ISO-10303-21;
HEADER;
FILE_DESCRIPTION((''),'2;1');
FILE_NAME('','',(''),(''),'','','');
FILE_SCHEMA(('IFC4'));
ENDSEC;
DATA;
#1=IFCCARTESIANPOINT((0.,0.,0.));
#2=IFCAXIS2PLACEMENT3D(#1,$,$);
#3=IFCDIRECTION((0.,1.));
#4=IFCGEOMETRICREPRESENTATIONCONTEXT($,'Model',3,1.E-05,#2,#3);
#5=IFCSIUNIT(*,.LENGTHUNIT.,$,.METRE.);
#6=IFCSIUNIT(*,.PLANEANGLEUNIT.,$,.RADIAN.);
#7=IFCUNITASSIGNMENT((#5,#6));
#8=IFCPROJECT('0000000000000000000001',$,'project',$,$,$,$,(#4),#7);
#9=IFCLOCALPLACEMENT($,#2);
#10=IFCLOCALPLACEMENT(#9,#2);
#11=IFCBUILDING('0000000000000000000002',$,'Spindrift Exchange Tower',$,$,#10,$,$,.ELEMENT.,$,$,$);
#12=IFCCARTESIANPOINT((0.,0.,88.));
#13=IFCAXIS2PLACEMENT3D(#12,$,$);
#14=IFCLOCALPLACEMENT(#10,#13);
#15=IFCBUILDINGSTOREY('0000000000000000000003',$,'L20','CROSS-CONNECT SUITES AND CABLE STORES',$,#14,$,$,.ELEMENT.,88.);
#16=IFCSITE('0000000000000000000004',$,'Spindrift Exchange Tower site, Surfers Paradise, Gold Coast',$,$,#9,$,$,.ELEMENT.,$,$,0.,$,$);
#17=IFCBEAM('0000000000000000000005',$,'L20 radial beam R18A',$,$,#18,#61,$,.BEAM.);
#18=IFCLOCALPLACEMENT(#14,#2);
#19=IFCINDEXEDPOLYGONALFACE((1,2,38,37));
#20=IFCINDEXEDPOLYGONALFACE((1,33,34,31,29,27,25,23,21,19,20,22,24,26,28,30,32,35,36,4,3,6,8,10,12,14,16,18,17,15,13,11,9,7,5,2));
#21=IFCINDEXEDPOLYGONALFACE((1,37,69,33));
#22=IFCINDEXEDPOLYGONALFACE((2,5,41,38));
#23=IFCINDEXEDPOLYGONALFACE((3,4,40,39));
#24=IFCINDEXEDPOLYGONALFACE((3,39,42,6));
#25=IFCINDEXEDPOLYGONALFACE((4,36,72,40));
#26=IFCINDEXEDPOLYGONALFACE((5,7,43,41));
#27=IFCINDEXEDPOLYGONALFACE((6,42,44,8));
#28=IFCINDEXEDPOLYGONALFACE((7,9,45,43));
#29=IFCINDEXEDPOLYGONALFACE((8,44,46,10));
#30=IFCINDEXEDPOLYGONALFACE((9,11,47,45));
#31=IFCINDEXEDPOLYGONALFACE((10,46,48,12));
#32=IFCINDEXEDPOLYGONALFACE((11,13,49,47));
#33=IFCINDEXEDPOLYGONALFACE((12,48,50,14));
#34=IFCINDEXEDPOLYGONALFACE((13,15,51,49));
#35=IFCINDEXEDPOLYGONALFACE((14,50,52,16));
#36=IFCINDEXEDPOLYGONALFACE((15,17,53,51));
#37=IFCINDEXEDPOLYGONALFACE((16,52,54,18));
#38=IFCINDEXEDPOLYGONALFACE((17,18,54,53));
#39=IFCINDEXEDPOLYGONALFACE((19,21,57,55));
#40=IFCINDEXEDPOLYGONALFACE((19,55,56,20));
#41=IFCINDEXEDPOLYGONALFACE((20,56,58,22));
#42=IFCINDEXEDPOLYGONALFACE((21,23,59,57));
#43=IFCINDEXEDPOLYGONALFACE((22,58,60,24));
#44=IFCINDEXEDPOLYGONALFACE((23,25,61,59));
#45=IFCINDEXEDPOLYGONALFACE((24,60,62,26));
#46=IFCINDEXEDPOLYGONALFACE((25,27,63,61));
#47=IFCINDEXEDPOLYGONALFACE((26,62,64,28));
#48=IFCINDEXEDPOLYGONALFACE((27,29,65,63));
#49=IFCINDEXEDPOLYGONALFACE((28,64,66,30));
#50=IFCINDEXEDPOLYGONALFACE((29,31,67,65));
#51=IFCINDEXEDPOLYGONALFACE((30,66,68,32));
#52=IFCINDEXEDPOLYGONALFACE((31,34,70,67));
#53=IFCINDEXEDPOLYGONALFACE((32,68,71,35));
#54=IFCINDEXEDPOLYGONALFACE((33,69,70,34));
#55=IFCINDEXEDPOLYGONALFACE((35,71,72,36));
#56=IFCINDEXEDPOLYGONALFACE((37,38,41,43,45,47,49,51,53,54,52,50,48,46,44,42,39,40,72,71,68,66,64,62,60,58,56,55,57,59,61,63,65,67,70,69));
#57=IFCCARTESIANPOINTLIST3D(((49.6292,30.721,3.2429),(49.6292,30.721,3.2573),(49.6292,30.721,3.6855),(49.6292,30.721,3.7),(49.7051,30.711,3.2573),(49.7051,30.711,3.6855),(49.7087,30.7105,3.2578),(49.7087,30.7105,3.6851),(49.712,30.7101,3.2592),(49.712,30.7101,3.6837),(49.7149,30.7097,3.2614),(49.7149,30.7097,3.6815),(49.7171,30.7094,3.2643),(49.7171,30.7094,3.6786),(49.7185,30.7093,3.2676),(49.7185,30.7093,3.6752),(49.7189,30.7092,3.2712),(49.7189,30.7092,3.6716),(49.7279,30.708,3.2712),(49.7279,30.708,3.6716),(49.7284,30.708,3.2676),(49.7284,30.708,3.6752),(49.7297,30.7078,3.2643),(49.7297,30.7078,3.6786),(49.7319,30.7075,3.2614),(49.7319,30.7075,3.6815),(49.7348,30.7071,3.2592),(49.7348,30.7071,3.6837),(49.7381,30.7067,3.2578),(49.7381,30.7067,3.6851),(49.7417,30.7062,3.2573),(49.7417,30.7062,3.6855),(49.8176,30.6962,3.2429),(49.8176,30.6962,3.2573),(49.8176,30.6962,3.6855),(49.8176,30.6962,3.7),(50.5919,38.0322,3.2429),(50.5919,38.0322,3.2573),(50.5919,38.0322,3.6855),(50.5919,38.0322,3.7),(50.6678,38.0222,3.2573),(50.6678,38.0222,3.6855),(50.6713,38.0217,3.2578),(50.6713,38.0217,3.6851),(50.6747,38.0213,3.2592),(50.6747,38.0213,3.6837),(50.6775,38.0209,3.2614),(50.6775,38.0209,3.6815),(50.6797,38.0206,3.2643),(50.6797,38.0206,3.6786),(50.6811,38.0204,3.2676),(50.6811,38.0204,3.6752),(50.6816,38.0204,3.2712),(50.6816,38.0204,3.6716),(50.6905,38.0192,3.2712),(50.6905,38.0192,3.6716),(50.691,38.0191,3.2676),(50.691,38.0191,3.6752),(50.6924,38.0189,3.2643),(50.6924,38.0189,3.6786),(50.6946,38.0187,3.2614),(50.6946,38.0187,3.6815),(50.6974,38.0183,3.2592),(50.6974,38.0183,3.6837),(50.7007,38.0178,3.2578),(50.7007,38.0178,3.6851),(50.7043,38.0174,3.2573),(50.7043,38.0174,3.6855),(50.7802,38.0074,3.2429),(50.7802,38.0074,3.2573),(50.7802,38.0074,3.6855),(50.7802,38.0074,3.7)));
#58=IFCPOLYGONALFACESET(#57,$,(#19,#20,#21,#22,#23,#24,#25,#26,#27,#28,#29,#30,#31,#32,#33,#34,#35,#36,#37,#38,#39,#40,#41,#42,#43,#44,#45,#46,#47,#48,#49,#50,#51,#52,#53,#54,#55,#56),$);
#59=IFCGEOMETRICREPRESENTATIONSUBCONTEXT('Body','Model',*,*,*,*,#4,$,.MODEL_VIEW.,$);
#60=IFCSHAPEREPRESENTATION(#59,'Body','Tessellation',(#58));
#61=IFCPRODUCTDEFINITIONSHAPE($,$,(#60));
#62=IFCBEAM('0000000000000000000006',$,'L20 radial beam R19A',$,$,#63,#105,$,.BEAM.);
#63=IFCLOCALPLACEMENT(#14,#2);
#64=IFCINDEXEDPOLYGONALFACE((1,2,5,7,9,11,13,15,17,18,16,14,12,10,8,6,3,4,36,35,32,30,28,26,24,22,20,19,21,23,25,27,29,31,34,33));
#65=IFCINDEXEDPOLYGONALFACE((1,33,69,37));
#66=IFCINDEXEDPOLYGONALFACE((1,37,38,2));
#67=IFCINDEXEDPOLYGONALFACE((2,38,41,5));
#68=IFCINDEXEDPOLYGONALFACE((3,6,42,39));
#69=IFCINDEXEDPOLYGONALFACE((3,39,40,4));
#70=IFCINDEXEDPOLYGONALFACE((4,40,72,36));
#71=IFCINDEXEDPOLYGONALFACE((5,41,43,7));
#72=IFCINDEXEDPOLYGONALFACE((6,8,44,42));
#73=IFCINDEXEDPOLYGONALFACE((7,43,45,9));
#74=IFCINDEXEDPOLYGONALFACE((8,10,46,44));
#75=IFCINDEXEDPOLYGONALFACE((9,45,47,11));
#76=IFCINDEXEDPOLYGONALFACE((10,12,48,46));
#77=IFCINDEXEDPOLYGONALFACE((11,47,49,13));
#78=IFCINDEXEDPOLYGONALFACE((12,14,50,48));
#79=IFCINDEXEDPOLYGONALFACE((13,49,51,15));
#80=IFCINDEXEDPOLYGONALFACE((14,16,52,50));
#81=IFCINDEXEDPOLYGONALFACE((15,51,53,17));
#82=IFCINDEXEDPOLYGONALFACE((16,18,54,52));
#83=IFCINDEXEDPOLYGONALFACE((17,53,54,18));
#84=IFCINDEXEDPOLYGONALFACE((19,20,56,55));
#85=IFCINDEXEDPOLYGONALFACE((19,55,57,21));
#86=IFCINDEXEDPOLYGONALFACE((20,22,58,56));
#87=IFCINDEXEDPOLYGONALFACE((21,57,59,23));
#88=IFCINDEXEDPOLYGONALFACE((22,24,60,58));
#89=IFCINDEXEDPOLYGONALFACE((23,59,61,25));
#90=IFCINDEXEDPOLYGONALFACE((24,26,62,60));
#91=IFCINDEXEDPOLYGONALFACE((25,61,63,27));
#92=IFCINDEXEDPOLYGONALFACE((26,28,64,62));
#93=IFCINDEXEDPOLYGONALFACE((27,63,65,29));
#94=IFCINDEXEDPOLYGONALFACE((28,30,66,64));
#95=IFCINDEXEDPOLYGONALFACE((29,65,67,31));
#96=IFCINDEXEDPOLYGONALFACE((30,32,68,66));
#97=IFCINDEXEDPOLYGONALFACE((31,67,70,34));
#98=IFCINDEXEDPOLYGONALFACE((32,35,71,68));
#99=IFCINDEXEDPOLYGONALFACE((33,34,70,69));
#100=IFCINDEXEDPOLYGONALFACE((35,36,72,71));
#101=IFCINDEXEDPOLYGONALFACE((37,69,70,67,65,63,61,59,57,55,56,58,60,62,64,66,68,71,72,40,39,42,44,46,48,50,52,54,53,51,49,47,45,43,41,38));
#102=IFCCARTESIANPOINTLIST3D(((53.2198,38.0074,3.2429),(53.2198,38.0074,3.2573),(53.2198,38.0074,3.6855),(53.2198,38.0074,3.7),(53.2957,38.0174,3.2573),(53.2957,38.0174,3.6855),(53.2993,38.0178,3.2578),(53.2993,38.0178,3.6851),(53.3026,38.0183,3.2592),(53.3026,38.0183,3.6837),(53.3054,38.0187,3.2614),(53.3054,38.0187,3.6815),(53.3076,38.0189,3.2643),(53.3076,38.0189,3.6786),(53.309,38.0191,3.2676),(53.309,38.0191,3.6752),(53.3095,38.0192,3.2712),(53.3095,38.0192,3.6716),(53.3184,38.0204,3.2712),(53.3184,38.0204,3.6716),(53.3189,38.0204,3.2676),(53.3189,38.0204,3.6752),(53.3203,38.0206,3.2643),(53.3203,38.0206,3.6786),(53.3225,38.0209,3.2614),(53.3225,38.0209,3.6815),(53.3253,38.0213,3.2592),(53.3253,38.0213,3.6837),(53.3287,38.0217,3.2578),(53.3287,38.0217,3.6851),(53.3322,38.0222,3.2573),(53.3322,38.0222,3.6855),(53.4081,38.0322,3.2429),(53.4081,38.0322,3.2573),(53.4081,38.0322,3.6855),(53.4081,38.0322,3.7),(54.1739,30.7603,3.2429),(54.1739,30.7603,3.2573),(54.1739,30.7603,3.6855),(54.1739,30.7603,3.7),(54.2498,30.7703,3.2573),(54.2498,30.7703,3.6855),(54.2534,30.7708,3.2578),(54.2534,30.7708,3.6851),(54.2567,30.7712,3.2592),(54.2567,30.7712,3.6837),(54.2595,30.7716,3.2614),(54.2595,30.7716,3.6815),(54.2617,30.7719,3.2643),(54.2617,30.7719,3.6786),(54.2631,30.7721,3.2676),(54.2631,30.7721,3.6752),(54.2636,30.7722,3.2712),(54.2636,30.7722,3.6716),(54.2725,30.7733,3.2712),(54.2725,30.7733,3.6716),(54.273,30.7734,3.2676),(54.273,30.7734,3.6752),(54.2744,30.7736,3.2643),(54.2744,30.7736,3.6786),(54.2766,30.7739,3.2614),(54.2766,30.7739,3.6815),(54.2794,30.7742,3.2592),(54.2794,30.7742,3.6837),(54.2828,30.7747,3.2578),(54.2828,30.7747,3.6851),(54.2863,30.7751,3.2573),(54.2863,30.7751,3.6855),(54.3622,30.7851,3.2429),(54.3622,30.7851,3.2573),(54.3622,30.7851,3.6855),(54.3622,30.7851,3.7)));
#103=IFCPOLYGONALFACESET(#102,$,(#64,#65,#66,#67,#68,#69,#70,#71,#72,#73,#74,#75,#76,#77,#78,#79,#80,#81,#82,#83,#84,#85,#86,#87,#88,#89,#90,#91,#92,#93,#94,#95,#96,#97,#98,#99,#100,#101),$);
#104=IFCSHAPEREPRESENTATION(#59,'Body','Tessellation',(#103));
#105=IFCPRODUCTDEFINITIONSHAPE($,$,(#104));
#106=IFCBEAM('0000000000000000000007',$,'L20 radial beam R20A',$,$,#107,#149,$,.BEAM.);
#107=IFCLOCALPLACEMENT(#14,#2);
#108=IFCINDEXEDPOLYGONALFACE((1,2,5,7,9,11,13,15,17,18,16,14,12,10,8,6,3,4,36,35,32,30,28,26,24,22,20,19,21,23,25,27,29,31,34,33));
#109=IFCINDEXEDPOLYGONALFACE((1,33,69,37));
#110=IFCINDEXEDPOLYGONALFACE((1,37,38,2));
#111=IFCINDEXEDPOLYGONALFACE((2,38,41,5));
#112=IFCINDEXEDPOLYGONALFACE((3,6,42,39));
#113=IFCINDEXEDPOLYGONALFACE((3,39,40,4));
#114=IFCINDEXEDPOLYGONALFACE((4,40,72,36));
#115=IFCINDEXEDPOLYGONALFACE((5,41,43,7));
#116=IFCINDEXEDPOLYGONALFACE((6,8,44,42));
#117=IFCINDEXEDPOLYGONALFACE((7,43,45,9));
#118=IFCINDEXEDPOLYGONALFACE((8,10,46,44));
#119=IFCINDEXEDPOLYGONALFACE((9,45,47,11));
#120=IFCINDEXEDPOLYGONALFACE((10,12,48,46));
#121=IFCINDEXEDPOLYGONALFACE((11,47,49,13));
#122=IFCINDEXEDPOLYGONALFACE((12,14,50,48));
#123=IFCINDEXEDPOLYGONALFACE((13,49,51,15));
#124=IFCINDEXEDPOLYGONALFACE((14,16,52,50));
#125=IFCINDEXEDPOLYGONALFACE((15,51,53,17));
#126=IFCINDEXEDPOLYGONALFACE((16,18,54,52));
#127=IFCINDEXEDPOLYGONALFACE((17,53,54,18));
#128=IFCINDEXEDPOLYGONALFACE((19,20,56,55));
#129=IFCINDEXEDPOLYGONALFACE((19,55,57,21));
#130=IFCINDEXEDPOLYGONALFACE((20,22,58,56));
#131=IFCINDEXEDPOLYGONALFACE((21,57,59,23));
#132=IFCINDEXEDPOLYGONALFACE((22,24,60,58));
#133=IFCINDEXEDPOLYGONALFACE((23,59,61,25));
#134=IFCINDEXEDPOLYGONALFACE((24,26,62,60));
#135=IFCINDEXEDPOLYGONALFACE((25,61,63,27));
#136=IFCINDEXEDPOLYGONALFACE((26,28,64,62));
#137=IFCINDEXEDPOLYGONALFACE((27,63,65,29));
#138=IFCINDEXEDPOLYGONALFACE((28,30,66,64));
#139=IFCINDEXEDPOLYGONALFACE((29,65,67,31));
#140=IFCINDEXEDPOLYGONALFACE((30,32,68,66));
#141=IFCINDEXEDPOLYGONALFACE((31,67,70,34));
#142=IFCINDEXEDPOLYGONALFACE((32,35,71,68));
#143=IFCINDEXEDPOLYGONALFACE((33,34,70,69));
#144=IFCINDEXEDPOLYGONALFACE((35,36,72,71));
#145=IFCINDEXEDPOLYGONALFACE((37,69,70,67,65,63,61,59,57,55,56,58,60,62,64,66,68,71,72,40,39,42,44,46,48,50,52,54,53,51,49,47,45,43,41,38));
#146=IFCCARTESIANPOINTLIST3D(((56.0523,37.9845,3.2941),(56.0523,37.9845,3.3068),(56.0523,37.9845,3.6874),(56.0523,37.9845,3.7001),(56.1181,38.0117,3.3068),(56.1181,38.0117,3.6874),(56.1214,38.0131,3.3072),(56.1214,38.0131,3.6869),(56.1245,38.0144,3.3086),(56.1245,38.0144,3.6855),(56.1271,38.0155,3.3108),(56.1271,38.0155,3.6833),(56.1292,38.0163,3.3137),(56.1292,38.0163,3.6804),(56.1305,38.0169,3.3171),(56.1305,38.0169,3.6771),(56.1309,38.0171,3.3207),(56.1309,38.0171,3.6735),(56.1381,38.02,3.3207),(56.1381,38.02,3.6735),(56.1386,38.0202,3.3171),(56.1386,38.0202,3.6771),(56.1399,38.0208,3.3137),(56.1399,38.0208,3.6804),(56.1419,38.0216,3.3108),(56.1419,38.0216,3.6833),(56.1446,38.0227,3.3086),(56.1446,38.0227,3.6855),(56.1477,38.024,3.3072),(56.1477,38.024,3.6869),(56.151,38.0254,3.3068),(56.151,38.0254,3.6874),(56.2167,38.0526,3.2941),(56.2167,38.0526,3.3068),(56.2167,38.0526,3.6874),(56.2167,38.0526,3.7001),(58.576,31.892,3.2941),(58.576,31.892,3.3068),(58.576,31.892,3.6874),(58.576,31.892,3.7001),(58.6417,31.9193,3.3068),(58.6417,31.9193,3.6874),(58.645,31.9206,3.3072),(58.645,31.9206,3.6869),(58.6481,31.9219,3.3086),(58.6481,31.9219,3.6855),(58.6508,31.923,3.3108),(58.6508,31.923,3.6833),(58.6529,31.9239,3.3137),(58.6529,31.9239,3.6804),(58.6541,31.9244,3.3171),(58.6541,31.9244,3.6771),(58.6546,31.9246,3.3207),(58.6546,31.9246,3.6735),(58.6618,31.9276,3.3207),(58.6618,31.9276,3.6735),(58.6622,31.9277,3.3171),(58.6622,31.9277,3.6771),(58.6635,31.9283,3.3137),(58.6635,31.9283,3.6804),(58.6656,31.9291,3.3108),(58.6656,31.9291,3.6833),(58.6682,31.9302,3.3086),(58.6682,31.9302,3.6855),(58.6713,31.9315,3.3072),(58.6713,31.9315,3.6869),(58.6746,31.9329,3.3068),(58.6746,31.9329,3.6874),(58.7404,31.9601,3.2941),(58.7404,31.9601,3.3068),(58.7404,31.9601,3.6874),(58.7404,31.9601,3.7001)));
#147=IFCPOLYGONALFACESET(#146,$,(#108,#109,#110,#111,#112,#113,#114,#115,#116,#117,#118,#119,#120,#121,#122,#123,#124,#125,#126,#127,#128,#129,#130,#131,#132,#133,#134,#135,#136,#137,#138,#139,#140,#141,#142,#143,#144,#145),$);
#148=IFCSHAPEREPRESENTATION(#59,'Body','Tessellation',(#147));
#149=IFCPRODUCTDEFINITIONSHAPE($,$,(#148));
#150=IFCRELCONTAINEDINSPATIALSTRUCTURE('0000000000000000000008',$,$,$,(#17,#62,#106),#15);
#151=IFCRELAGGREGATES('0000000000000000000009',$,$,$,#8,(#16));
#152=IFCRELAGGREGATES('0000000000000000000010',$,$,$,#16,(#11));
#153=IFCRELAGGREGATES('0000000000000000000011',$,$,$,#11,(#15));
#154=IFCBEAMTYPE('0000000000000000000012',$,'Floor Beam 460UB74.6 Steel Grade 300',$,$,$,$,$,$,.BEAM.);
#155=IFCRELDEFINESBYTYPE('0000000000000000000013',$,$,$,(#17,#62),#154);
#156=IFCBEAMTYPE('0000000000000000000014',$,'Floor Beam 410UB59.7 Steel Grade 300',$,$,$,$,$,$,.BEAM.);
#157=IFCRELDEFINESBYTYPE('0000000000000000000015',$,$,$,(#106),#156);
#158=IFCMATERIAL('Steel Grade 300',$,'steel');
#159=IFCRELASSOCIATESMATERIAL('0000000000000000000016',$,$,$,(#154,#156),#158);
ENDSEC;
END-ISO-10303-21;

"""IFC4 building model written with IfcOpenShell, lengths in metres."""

from ifc_helpers import new_model, si_unit, direction, frame, origin, origin_2d, place, context, subcontext, project, spatial, i_section, extrude, source, transform, mapped, material, material_profile, profile_set, type_object, element, save


model = new_model("IFC4")

# Units and contexts
model_context = context("Model", 3, precision=1e-05, world=origin(), true_north=direction((0.0, 1.0)))
body_context = subcontext(model_context, "Body", "Model", "MODEL_VIEW")
ifc_project = project(units=[si_unit("LENGTHUNIT", "METRE"), si_unit("PLANEANGLEUNIT", "RADIAN")], contexts=[model_context])

# Site, building, storey
site_placement = place(None, origin())
site = spatial("IfcSite", under=ifc_project, at=site_placement, Name="Spindrift Exchange Tower site, Surfers Paradise, Gold Coast", CompositionType="ELEMENT", RefElevation=0.0)
building_placement = place(site_placement, origin())
building = spatial("IfcBuilding", under=site, at=building_placement, Name="Spindrift Exchange Tower", CompositionType="ELEMENT")
storey_placement = place(building_placement, frame((0.0, 0.0, 88.0)))
storey = spatial("IfcBuildingStorey", under=building, at=storey_placement, Name="L20", Description="CROSS-CONNECT SUITES AND CABLE STORES", CompositionType="ELEMENT", Elevation=88.0)

# Beams
ifc_material_1 = material(Name="Steel Grade 300", Category="steel")
ifc_material_profile_1 = material_profile(ifc_material_1, i_section(OverallWidth=0.1899, OverallDepth=0.457, WebThickness=0.009, FlangeThickness=0.0144, FilletRadius=0.0139, at=origin_2d()), Name="460UB74.6")
ifc_profile_set_1 = profile_set([ifc_material_profile_1], Name="Steel Grade 300")
beam_type_1 = type_object("IfcBeamType", Name="Floor Beam 460UB74.6 Steel Grade 300", PredefinedType="BEAM", material=ifc_profile_set_1)
shared_shape_1 = source(origin(), body_context, "Body", "SweptSolid", [
    extrude(i_section(OverallWidth=0.1899, OverallDepth=0.457, WebThickness=0.009, FlangeThickness=0.0144, FilletRadius=0.0139, at=origin_2d()), origin(), (0.0, 0.0, 1.0), 7.3743),
])
beam_1_placement = place(storey_placement, frame((50.686, 38.0198, 3.4714), z_axis=(-0.130539, -0.991443, 0.0), x_axis=(0.991443, -0.130539, 0.0)))
element("IfcBeam", 1, at=beam_1_placement, inside=storey, type_object=beam_type_1, Name="L20 radial beam R18A", PredefinedType="BEAM", context=body_context, shape_type="MappedRepresentation", body=[
    mapped(shared_shape_1, transform((0.0, 0.0, 0.0), scale=1.0)),
])
shared_shape_2 = source(origin(), body_context, "Body", "SweptSolid", [
    extrude(i_section(OverallWidth=0.1899, OverallDepth=0.457, WebThickness=0.009, FlangeThickness=0.0144, FilletRadius=0.0139, at=origin_2d()), origin(), (0.0, 0.0, 1.0), 7.3096),
])
beam_2_placement = place(storey_placement, frame((53.314, 38.0198, 3.4714), z_axis=(0.130527, -0.991445, 0.0), x_axis=(0.991445, 0.130527, 0.0)))
element("IfcBeam", 2, at=beam_2_placement, inside=storey, type_object=beam_type_1, Name="L20 radial beam R19A", PredefinedType="BEAM", context=body_context, shape_type="MappedRepresentation", body=[
    mapped(shared_shape_2, transform((0.0, 0.0, 0.0), scale=1.0)),
])
ifc_material_profile_2 = material_profile(ifc_material_1, i_section(OverallWidth=0.178, OverallDepth=0.406, WebThickness=0.0078, FlangeThickness=0.0127, FilletRadius=0.0139, at=origin_2d()), Name="410UB59.7")
ifc_profile_set_2 = profile_set([ifc_material_profile_2], Name="Steel Grade 300")
beam_type_2 = type_object("IfcBeamType", Name="Floor Beam 410UB59.7 Steel Grade 300", PredefinedType="BEAM", material=ifc_profile_set_2)
shared_shape_3 = source(origin(), body_context, "Body", "SweptSolid", [
    extrude(i_section(OverallWidth=0.178, OverallDepth=0.406, WebThickness=0.0078, FlangeThickness=0.0127, FilletRadius=0.0139, at=origin_2d()), origin(), (0.0, 0.0, 1.0), 6.5945),
])
beam_3_placement = place(storey_placement, frame((56.1345, 38.0186, 3.4971), z_axis=(0.382693, -0.923876, 0.0), x_axis=(0.923876, 0.382693, 0.0)))
element("IfcBeam", 3, at=beam_3_placement, inside=storey, type_object=beam_type_2, Name="L20 radial beam R20A", PredefinedType="BEAM", context=body_context, shape_type="MappedRepresentation", body=[
    mapped(shared_shape_3, transform((0.0, 0.0, 0.0), scale=1.0)),
])

save(model, "model.ifc")
